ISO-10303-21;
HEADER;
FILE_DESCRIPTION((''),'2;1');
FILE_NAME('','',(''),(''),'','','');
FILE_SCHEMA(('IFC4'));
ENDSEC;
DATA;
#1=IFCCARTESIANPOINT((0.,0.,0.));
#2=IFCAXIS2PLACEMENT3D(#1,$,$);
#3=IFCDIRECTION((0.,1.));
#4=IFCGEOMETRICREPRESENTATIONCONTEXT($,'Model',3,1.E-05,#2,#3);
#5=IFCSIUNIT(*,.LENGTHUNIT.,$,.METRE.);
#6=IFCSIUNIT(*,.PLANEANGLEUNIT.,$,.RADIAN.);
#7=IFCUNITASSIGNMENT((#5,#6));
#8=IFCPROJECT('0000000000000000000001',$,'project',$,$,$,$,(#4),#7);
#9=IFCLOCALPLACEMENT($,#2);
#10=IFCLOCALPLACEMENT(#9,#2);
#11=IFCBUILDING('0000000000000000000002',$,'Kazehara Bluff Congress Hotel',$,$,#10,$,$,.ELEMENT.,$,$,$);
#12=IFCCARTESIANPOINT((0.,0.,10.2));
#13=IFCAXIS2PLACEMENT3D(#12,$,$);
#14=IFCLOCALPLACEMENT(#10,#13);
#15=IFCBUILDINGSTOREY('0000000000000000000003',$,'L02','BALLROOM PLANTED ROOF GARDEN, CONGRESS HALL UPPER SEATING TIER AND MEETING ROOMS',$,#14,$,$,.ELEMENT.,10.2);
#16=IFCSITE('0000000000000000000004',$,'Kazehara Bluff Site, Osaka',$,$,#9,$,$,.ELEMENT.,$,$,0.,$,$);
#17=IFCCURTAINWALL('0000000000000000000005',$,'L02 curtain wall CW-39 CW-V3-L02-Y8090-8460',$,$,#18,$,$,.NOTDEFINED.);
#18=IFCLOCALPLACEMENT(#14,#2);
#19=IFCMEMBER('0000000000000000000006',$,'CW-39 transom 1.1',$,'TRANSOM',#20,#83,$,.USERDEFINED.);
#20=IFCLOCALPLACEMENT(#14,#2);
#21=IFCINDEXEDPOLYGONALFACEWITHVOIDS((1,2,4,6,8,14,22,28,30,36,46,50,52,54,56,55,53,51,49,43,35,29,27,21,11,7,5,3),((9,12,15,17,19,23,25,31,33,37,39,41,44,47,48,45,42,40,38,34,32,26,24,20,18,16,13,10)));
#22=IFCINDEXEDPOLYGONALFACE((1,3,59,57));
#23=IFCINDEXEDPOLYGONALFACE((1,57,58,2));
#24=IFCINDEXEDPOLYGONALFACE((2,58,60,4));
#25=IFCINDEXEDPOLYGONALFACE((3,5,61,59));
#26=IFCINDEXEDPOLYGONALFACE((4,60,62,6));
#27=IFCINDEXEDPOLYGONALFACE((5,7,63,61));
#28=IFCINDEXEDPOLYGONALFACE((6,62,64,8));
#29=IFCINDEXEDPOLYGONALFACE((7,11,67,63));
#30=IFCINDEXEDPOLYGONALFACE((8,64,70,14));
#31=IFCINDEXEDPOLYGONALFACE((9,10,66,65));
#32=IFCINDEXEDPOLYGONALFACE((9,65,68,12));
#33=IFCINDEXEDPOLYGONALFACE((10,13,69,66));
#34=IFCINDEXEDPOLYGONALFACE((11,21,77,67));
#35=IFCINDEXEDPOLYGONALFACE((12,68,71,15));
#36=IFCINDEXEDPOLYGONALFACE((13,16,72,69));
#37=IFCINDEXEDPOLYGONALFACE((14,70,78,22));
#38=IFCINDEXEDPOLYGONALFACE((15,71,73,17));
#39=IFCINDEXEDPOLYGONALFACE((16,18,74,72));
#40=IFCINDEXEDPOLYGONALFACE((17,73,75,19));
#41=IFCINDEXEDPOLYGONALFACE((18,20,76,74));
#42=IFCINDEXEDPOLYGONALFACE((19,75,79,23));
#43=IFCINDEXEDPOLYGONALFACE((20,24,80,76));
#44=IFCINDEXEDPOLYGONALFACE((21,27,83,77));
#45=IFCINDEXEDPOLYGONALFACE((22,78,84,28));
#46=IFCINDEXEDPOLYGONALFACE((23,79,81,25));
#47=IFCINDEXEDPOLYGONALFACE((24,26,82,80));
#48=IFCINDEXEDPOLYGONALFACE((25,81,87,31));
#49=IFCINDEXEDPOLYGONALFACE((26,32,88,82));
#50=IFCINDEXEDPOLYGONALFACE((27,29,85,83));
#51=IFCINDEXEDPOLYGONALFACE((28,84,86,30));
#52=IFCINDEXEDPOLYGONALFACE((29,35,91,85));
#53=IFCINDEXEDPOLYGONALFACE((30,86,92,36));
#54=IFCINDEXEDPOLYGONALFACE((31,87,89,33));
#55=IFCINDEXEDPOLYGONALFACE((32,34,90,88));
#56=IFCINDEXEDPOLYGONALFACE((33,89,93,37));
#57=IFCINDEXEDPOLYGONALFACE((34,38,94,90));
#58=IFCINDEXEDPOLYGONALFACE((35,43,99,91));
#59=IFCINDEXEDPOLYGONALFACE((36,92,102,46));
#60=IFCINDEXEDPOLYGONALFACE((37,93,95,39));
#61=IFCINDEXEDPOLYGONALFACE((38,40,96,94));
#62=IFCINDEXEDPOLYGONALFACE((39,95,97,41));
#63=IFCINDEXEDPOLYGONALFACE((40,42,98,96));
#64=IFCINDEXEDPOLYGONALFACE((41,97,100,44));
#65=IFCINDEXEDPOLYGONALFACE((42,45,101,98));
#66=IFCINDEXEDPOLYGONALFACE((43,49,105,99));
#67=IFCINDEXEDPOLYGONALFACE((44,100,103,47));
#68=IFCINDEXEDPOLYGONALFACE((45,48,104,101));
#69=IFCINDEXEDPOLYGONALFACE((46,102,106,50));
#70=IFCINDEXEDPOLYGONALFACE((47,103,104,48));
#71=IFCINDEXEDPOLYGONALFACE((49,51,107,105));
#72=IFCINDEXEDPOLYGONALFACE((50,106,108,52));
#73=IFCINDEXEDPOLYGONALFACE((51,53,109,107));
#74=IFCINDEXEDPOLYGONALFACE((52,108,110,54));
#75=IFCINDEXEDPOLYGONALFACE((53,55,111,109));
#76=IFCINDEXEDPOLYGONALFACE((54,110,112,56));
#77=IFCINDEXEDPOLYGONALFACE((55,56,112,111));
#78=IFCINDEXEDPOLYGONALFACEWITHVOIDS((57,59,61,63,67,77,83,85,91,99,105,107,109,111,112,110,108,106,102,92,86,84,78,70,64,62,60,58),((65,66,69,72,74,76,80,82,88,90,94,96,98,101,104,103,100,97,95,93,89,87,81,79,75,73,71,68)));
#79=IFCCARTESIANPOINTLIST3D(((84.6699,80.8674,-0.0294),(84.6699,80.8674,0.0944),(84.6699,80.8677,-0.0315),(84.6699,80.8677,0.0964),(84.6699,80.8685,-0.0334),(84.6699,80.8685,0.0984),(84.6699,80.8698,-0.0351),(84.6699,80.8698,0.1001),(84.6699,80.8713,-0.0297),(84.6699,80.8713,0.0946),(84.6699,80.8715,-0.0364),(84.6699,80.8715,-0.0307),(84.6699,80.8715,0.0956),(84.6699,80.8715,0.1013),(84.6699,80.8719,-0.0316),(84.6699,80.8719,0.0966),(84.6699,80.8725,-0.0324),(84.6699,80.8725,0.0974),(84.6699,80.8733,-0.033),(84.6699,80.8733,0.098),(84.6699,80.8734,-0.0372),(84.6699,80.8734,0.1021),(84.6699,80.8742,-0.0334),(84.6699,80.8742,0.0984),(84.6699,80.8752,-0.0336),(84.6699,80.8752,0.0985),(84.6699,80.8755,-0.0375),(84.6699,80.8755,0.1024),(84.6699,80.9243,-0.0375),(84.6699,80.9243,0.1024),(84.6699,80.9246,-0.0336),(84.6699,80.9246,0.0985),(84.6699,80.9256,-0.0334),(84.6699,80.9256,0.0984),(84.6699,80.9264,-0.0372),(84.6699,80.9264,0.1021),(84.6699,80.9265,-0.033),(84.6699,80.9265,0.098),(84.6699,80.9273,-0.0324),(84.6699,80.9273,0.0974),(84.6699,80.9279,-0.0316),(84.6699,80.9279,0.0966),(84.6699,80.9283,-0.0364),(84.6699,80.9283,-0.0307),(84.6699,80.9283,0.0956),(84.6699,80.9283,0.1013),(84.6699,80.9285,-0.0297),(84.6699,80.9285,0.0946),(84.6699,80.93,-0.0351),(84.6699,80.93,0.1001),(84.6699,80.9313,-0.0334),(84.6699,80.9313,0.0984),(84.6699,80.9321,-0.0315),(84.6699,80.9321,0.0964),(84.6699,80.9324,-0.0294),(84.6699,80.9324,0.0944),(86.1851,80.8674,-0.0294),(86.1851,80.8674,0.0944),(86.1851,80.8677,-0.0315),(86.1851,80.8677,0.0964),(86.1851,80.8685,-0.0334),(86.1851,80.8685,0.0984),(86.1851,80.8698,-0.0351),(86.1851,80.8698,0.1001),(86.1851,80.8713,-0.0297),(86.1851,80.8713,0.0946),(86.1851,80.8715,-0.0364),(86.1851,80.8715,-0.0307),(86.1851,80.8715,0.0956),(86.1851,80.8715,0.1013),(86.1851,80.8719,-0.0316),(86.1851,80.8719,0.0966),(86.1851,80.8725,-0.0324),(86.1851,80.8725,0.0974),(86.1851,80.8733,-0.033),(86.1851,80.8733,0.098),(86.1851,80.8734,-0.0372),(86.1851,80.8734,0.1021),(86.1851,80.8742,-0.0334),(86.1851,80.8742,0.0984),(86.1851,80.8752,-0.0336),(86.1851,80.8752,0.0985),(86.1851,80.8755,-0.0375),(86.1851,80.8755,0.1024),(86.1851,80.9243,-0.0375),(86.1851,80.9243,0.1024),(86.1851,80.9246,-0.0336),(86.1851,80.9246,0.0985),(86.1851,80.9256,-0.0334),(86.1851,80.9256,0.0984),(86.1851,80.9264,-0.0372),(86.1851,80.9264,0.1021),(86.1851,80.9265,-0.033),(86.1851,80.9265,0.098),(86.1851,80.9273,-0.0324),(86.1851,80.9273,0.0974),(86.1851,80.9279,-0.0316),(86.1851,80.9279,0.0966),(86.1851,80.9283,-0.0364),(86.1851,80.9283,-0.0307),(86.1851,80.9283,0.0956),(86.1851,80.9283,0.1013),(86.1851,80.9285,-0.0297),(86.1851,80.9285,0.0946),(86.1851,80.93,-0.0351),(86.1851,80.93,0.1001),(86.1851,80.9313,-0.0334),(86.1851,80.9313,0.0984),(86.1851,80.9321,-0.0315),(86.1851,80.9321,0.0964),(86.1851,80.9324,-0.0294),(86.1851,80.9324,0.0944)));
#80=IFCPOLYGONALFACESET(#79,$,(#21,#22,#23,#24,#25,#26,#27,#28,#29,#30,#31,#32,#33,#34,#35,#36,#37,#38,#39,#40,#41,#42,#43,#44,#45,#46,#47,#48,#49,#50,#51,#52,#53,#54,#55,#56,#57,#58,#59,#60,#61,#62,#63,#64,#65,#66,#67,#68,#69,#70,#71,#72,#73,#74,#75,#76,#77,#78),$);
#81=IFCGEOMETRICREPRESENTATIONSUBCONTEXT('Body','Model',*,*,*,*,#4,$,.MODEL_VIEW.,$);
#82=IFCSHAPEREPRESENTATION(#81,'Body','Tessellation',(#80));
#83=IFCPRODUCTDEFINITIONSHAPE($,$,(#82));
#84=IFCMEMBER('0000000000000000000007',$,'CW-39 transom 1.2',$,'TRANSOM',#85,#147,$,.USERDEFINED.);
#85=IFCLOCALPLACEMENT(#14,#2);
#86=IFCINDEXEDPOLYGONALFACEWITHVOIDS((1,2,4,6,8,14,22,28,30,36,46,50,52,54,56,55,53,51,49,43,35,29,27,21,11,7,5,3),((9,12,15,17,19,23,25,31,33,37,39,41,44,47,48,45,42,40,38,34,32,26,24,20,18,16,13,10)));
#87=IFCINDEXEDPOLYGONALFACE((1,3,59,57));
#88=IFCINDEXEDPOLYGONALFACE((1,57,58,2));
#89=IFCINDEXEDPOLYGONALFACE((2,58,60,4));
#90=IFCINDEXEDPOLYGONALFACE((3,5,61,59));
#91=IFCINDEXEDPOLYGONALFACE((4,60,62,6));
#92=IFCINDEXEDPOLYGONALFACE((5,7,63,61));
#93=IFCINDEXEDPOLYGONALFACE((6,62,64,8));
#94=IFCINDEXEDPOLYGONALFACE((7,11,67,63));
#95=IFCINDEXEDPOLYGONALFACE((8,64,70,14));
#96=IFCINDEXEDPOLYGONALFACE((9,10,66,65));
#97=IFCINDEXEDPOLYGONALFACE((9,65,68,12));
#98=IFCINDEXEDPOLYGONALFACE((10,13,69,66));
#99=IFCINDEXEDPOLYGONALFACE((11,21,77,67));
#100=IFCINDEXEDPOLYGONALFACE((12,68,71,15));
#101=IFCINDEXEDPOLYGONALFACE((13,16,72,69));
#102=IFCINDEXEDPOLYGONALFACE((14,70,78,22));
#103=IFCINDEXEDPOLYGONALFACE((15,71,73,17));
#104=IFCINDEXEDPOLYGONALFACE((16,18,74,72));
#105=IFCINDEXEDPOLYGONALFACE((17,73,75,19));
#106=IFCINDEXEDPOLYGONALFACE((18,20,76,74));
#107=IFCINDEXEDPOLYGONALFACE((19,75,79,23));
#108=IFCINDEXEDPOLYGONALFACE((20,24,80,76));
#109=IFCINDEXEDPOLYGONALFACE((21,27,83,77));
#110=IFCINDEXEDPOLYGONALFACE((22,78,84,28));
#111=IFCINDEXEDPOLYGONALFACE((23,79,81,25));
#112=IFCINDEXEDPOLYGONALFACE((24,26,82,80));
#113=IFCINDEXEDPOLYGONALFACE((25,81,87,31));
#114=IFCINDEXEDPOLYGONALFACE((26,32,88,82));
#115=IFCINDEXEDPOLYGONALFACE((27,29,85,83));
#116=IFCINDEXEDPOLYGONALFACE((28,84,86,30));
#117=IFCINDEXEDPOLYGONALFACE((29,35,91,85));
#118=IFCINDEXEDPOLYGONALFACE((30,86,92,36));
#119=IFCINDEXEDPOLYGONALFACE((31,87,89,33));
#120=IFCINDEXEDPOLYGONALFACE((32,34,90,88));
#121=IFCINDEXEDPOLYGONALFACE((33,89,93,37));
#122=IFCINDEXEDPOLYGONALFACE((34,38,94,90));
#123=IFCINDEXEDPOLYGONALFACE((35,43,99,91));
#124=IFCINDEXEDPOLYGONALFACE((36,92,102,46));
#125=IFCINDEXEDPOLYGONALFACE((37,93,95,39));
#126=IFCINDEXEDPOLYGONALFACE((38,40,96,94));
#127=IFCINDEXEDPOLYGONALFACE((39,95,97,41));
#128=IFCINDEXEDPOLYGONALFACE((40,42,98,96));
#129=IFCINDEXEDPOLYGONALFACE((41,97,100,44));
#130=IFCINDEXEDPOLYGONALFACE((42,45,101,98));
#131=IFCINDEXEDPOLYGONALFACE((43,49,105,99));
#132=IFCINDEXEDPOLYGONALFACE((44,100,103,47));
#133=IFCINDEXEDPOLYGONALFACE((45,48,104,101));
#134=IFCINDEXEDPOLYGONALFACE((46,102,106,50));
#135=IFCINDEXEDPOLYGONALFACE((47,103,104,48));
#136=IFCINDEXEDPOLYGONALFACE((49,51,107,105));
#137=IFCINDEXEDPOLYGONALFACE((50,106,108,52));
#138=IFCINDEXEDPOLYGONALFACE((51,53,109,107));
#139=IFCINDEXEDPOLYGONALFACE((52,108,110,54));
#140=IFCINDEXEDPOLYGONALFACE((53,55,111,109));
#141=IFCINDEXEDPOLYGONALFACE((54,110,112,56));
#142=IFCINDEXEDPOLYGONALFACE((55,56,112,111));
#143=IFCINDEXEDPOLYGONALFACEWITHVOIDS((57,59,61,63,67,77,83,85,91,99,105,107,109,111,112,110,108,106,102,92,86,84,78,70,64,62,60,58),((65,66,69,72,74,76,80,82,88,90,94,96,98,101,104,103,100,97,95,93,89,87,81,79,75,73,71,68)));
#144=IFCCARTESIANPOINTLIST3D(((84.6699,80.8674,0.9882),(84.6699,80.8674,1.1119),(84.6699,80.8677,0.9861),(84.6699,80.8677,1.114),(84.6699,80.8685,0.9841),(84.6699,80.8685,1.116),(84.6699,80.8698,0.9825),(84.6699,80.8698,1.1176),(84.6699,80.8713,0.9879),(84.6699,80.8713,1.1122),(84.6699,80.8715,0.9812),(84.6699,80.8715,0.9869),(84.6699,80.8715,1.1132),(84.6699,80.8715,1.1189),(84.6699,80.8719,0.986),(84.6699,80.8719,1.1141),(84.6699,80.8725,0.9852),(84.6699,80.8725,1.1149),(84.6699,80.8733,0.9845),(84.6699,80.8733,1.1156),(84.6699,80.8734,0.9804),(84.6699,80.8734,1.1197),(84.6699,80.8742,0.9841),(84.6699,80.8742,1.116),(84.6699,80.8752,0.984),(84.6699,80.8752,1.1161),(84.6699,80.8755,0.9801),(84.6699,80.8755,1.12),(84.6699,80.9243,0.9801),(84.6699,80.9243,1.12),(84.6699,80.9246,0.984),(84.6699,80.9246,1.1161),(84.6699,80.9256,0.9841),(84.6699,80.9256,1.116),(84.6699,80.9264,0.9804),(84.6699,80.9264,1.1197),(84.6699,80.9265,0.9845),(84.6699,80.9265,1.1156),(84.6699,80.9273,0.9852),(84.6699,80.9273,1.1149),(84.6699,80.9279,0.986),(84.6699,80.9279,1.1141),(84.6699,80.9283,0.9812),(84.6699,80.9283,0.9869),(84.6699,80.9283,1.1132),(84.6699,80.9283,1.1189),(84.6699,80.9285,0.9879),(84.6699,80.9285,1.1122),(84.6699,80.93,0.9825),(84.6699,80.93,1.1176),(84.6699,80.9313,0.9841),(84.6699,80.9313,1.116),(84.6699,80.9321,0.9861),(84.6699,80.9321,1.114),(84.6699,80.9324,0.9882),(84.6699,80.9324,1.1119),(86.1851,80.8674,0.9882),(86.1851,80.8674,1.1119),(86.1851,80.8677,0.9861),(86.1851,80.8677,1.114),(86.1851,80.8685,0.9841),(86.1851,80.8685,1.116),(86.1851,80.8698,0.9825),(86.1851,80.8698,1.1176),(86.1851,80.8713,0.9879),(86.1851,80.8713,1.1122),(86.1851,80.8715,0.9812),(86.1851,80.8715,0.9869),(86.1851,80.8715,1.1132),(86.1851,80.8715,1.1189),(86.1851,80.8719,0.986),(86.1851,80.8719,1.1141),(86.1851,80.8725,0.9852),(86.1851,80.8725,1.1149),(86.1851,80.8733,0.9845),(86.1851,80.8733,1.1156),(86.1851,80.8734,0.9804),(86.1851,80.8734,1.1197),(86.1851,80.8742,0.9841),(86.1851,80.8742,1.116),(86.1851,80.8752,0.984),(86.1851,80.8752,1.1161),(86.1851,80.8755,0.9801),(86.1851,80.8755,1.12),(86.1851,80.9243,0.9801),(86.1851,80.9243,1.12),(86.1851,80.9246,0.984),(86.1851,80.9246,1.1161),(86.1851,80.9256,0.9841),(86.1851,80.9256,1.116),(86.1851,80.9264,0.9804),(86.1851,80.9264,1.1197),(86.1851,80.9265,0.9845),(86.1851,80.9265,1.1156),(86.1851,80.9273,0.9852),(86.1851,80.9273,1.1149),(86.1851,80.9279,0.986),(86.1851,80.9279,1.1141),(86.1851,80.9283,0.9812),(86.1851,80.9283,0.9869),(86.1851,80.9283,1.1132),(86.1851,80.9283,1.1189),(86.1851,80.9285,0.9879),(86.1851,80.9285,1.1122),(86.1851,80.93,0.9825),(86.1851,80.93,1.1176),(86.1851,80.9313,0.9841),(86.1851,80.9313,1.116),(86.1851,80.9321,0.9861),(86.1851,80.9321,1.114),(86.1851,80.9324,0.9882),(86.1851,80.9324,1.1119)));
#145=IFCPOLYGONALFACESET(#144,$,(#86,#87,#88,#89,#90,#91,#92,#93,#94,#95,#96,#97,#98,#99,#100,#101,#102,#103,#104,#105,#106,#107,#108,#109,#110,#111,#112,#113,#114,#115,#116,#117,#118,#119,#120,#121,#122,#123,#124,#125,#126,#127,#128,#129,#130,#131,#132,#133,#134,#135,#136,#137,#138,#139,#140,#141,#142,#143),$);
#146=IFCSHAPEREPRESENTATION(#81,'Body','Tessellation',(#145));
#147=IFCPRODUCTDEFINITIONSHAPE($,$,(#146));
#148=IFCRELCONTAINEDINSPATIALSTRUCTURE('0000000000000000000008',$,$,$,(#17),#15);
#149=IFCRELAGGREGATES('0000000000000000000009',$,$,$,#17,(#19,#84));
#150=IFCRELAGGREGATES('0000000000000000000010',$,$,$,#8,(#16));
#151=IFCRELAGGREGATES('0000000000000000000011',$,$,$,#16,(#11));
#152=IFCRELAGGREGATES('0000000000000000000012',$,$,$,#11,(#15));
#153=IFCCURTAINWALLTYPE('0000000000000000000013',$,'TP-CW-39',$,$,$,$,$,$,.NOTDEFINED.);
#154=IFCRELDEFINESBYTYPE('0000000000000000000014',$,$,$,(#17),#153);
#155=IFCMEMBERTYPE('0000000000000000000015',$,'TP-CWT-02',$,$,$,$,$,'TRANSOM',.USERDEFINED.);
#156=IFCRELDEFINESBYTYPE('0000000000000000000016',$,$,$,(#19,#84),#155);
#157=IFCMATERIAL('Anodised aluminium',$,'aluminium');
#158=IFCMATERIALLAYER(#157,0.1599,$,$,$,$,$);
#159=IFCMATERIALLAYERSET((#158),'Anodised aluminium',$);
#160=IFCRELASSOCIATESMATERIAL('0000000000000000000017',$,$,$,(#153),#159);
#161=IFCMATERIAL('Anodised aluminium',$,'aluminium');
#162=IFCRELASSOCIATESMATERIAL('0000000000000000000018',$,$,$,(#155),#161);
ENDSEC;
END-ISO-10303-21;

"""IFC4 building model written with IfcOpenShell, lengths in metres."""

from ifc_helpers import new_model, si_unit, direction, frame, origin, origin_2d, place, context, subcontext, project, spatial, hollow_rectangle, extrude, material, layer, layer_set, material_profile, profile_set, type_object, element, aggregate, save


model = new_model("IFC4")

# Units and contexts
model_context = context("Model", 3, precision=1e-05, world=origin(), true_north=direction((0.0, 1.0)))
body_context = subcontext(model_context, "Body", "Model", "MODEL_VIEW")
ifc_project = project(units=[si_unit("LENGTHUNIT", "METRE"), si_unit("PLANEANGLEUNIT", "RADIAN")], contexts=[model_context])

# Site, building, storey
site_placement = place(None, origin())
site = spatial("IfcSite", under=ifc_project, at=site_placement, Name="Kazehara Bluff Site, Osaka", CompositionType="ELEMENT", RefElevation=0.0)
building_placement = place(site_placement, origin())
building = spatial("IfcBuilding", under=site, at=building_placement, Name="Kazehara Bluff Congress Hotel", CompositionType="ELEMENT")
storey_placement = place(building_placement, frame((0.0, 0.0, 10.2)))
storey = spatial("IfcBuildingStorey", under=building, at=storey_placement, Name="L02", Description="BALLROOM PLANTED ROOF GARDEN, CONGRESS HALL UPPER SEATING TIER AND MEETING ROOMS", CompositionType="ELEMENT", Elevation=10.2)

# Curtain wall
ifc_material_1 = material(Name="Anodised aluminium", Category="aluminium")
ifc_layer_1 = layer(ifc_material_1, 0.1599)
ifc_layer_set_1 = layer_set([ifc_layer_1], Name="Anodised aluminium")
curtain_wall_type = type_object("IfcCurtainWallType", Name="TP-CW-39", PredefinedType="NOTDEFINED", material=ifc_layer_set_1)
curtain_wall_1_placement = place(storey_placement, origin())
curtain_wall_1 = element("IfcCurtainWall", 1, at=curtain_wall_1_placement, inside=storey, type_object=curtain_wall_type, Name="L02 curtain wall CW-39 CW-V3-L02-Y8090-8460", PredefinedType="NOTDEFINED")

# Members
ifc_material_2 = material(Name="Anodised aluminium", Category="aluminium")
ifc_material_profile_1 = material_profile(ifc_material_2, hollow_rectangle(XDim=0.0649, YDim=0.1399, WallThickness=0.0039, InnerFilletRadius=0.0039, OuterFilletRadius=0.0081, at=origin_2d()))
ifc_profile_set_1 = profile_set([ifc_material_profile_1], Name="Anodised aluminium")
member_type_1 = type_object("IfcMemberType", Name="TP-CWT-02", ElementType="TRANSOM", PredefinedType="USERDEFINED", material=ifc_profile_set_1)
member_1_placement = place(storey_placement, frame((84.6699, 80.8999, 0.0325), z_axis=(1.0, 0.0, 0.0), x_axis=(0.0, 1.0, 0.0)))
member_1 = element("IfcMember", 2, at=member_1_placement, type_object=member_type_1, Name="CW-39 transom 1.1", ObjectType="TRANSOM", PredefinedType="USERDEFINED", context=body_context, shape_type="SweptSolid", body=[
    extrude(hollow_rectangle(XDim=0.0649, YDim=0.1399, WallThickness=0.0039, InnerFilletRadius=0.0039, OuterFilletRadius=0.0081, at=origin_2d()), origin(), (0.0, 0.0, 1.0), 1.5151),
])
member_2_placement = place(storey_placement, frame((84.6699, 80.8999, 1.05), z_axis=(1.0, 0.0, 0.0), x_axis=(0.0, 1.0, 0.0)))
member_2 = element("IfcMember", 3, at=member_2_placement, type_object=member_type_1, Name="CW-39 transom 1.2", ObjectType="TRANSOM", PredefinedType="USERDEFINED", context=body_context, shape_type="SweptSolid", body=[
    extrude(hollow_rectangle(XDim=0.0649, YDim=0.1399, WallThickness=0.0039, InnerFilletRadius=0.0039, OuterFilletRadius=0.0081, at=origin_2d()), origin(), (0.0, 0.0, 1.0), 1.5151),
])

aggregate(curtain_wall_1, [member_1, member_2])

save(model, "model.ifc")
